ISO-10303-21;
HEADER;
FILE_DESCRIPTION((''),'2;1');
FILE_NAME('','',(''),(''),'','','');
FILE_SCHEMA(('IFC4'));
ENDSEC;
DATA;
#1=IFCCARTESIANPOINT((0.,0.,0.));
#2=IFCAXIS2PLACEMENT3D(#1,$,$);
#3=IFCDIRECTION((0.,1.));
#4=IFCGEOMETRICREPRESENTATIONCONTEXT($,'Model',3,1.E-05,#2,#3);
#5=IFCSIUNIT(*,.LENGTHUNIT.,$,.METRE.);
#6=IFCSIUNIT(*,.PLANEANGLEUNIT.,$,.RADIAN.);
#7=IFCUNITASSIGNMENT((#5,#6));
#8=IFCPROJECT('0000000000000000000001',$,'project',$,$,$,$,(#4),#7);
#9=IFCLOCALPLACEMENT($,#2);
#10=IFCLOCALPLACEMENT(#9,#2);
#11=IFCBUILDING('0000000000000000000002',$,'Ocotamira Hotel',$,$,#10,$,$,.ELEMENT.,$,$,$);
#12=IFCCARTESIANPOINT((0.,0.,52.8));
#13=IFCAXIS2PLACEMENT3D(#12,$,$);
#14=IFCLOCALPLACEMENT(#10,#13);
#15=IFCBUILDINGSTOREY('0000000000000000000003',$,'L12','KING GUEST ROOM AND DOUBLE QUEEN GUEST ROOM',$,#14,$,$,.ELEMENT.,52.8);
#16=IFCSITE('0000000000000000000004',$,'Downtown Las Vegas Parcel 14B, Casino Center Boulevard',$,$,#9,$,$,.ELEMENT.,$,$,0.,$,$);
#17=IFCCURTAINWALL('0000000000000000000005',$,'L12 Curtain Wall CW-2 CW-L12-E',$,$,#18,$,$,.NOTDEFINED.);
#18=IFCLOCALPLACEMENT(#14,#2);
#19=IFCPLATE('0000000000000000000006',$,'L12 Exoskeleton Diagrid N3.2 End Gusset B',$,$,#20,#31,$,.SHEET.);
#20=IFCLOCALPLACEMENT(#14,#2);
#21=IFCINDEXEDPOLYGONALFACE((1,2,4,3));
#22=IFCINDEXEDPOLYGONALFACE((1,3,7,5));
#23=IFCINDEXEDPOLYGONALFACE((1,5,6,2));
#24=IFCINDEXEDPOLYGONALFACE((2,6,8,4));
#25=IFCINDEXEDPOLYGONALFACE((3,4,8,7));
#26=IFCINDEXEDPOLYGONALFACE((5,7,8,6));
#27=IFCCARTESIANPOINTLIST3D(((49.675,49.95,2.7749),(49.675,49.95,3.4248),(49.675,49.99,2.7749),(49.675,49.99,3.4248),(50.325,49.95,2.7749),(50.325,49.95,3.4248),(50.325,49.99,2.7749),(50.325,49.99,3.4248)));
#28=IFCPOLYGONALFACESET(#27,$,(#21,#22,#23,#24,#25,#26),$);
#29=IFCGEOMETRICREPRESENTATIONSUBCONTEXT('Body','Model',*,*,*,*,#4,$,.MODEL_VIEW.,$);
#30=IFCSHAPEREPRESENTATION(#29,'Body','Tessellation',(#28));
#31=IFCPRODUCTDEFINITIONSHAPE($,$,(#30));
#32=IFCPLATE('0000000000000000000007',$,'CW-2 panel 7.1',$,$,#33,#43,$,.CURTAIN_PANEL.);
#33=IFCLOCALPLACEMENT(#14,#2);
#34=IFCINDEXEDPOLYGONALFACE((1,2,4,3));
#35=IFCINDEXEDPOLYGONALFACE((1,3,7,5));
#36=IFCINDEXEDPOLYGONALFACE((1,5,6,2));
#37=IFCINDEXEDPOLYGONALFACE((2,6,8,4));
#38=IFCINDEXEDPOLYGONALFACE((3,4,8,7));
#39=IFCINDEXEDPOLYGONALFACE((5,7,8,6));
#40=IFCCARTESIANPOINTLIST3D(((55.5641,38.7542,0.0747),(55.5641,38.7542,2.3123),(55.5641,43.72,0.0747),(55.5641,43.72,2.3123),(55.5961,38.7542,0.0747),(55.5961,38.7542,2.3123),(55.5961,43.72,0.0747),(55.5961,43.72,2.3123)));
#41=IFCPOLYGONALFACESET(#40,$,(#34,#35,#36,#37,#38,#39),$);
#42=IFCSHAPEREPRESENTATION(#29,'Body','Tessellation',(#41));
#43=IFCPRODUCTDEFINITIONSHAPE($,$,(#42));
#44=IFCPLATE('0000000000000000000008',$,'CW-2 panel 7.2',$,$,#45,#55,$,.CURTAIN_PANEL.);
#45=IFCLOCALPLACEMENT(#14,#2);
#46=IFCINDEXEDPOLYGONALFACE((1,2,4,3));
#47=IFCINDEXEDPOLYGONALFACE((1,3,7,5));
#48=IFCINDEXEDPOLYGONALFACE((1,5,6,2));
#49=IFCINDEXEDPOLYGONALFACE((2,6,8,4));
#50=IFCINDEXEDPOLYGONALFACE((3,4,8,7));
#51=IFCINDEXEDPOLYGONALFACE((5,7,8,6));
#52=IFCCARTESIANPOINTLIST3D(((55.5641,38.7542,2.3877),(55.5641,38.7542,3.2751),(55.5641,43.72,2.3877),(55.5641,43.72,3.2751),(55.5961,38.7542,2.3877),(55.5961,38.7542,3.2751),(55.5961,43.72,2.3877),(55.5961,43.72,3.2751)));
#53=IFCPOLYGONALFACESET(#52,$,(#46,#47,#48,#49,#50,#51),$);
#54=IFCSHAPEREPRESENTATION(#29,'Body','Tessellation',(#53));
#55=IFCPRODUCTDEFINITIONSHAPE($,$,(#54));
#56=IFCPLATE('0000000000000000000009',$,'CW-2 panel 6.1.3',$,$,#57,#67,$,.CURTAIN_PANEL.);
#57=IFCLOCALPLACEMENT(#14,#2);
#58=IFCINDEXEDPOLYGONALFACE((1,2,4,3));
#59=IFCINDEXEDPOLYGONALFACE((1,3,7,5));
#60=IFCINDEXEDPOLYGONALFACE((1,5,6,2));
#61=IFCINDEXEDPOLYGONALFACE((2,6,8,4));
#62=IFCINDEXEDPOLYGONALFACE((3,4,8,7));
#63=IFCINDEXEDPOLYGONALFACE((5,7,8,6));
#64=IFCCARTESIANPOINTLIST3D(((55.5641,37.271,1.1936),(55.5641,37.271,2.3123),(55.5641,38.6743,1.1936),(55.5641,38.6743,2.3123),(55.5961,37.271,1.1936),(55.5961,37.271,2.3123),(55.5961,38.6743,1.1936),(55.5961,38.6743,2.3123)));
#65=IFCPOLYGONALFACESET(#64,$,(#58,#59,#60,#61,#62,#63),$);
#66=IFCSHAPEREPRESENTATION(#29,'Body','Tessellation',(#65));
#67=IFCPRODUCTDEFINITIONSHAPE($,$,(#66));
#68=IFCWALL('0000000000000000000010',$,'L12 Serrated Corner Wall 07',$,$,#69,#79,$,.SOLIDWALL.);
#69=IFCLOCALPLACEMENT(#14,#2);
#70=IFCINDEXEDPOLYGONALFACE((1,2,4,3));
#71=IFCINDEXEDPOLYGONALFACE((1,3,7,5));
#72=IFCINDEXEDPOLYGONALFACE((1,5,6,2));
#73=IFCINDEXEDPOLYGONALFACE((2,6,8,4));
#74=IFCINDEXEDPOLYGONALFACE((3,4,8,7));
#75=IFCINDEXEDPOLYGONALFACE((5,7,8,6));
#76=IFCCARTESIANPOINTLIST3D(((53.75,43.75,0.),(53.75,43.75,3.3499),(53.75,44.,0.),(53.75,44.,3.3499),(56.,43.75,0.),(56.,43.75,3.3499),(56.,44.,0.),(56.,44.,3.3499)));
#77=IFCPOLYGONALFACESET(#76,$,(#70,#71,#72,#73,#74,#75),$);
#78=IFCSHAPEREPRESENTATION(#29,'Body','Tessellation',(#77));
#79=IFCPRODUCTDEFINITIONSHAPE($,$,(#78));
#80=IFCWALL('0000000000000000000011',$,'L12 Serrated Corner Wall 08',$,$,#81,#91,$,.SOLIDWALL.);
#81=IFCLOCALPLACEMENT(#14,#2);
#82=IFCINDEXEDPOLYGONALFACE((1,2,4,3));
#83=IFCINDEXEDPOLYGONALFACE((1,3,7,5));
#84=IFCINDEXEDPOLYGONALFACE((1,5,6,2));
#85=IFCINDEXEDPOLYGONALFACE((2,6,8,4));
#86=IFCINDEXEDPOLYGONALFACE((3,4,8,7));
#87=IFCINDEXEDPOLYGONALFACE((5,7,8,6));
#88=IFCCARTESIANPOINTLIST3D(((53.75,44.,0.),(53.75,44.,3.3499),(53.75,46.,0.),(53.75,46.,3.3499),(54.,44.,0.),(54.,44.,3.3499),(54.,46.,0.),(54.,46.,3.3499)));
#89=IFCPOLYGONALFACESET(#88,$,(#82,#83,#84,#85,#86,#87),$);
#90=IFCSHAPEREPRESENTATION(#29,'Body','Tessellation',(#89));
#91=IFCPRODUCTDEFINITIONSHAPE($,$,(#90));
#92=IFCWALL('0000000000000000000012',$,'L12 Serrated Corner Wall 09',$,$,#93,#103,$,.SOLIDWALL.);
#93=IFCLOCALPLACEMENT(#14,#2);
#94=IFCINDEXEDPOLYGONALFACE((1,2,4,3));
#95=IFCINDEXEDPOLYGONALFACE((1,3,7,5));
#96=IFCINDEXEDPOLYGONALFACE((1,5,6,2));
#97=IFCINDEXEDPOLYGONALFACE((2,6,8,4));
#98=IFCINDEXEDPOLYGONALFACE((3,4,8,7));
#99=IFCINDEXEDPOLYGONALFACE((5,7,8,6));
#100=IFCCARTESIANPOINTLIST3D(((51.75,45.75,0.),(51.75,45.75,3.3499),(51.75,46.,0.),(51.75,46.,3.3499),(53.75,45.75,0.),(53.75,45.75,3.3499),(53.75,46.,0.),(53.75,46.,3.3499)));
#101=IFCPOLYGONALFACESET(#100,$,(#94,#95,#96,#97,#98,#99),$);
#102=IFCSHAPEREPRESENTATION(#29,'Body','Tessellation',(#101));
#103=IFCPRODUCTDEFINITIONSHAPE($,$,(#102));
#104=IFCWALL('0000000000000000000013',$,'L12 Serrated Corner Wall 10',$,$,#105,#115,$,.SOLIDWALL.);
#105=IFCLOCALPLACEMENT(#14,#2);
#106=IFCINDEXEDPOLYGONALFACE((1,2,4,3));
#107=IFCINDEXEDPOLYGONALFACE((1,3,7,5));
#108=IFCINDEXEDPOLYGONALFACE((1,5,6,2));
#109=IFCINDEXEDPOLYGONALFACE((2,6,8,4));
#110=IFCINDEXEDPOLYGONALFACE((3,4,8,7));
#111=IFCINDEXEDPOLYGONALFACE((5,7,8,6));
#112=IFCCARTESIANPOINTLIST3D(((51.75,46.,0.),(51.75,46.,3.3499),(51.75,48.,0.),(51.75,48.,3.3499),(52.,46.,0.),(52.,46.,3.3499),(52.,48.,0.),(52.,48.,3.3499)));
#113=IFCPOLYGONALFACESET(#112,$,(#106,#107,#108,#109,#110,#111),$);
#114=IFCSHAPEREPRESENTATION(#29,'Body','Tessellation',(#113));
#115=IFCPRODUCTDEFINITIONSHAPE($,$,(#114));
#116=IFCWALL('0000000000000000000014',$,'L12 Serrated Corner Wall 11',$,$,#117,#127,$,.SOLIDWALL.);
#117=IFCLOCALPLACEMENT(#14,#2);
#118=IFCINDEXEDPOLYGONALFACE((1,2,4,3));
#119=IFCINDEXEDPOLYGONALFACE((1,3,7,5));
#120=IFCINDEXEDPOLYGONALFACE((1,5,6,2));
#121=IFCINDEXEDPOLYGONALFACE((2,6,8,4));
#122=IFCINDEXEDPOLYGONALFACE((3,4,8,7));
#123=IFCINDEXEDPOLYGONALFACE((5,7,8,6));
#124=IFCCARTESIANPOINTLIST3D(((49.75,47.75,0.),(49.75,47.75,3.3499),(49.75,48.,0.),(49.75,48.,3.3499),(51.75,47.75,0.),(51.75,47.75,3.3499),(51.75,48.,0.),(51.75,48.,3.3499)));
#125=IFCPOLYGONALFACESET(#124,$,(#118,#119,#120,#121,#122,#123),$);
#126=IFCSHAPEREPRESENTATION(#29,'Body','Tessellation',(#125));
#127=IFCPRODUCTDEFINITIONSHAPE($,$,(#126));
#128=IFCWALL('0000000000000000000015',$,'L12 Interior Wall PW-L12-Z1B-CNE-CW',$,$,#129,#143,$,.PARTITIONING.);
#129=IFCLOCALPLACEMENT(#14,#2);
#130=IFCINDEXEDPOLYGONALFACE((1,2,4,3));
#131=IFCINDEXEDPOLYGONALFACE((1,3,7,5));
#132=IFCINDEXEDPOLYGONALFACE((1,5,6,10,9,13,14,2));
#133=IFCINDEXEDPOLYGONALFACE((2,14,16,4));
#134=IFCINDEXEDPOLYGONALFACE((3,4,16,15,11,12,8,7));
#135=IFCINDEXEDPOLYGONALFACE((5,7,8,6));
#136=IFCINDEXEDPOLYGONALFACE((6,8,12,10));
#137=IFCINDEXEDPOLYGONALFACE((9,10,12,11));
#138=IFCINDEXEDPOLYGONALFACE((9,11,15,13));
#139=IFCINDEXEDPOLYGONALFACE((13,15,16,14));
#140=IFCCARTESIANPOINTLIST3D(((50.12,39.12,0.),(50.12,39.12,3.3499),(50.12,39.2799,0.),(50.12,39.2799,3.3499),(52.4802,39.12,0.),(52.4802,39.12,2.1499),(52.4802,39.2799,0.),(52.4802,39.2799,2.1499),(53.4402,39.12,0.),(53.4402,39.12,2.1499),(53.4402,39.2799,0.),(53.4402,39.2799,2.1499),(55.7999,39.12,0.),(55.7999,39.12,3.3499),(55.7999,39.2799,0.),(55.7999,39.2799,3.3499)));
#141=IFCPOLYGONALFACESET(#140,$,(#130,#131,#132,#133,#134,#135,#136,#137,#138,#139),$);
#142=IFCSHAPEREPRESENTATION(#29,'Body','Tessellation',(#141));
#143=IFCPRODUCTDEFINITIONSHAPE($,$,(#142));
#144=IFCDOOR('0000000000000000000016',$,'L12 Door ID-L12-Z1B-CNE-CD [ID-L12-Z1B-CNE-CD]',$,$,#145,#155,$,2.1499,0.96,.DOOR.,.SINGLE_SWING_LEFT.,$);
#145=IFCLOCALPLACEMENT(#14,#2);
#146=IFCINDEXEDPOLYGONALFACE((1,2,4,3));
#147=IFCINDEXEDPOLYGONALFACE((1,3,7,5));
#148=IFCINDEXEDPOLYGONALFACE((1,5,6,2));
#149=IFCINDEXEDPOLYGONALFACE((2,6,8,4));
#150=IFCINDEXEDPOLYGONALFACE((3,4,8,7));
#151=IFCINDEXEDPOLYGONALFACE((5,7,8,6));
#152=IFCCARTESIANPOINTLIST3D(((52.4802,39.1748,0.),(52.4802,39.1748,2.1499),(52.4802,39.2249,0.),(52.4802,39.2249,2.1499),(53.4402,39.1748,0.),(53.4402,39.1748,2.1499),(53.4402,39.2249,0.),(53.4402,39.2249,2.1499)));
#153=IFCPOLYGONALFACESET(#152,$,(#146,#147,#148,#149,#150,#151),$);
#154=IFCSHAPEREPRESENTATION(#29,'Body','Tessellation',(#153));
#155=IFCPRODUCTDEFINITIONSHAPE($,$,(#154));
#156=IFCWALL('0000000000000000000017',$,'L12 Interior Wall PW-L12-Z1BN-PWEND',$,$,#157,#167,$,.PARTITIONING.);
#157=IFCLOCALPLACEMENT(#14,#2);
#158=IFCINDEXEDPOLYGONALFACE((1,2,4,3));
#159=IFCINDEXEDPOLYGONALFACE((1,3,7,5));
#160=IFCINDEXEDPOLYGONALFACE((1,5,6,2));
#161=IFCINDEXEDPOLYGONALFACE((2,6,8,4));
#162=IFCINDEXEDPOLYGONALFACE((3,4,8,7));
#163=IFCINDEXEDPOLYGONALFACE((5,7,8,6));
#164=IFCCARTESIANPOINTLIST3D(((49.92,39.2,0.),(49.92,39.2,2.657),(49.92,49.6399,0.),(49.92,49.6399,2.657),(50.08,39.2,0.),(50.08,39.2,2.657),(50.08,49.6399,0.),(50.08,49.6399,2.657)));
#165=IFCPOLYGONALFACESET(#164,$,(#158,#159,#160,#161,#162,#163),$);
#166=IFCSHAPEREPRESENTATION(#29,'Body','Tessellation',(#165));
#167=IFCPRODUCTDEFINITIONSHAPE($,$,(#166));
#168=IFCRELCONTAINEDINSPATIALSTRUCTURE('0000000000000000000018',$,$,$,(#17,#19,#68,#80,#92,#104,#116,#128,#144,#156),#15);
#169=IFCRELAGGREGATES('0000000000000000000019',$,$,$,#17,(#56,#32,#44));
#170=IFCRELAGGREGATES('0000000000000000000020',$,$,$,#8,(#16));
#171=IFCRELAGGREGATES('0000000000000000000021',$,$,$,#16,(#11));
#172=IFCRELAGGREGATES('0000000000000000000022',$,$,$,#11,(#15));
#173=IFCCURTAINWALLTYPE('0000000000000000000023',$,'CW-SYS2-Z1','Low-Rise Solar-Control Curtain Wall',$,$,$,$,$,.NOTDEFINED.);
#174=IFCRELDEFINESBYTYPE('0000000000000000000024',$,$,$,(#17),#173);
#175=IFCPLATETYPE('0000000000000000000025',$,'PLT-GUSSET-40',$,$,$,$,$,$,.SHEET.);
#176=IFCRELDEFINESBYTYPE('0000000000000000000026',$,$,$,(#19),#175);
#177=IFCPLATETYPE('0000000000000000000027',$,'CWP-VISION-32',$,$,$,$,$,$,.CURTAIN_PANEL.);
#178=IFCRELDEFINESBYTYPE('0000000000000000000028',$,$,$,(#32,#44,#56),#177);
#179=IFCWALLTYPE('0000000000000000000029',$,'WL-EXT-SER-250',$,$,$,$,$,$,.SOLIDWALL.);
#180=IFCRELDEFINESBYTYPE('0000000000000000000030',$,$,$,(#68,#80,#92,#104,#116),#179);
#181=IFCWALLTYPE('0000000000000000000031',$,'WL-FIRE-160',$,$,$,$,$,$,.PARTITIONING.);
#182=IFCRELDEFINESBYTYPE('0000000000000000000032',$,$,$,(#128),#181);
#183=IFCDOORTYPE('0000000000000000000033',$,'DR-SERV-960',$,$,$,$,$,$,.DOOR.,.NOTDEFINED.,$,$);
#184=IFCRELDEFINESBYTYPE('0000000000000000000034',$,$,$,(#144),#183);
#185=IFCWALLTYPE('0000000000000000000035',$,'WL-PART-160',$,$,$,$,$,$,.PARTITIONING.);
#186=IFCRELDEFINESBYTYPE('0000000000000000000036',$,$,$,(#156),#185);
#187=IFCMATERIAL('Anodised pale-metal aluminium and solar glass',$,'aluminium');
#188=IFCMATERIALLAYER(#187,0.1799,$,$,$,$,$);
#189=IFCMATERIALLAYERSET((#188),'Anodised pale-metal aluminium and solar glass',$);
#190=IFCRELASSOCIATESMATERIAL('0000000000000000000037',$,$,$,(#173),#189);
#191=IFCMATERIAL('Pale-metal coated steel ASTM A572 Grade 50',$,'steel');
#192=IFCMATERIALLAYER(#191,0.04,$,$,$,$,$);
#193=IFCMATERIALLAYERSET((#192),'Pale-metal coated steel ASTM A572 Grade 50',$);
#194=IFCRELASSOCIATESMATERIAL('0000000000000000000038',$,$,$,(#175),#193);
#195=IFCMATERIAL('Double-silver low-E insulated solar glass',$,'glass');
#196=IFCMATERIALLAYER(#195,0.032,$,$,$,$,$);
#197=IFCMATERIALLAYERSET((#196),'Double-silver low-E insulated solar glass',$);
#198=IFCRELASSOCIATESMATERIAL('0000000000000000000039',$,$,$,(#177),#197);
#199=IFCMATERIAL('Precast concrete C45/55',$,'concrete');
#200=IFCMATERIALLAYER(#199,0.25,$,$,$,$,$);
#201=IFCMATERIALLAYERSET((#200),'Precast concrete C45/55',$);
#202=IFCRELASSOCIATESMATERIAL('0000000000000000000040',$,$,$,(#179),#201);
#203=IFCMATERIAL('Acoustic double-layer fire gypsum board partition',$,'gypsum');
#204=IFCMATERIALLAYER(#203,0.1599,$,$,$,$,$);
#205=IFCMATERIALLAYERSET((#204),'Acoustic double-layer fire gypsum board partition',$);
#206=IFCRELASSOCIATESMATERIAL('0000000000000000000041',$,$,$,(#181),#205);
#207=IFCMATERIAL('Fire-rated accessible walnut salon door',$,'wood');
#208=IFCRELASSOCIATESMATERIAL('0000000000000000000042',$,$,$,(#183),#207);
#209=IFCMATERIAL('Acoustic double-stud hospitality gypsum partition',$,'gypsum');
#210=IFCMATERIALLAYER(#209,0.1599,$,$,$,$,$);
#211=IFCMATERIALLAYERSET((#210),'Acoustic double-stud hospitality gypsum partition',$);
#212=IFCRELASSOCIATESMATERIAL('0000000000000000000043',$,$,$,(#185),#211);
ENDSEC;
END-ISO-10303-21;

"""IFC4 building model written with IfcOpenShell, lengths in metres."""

from ifc_helpers import new_model, si_unit, direction, frame, frame_2d, origin, origin_2d, place, context, subcontext, project, spatial, rectangle, extrude, source, transform, mapped, material, layer, layer_set, type_object, element, fill, aggregate, save


model = new_model("IFC4")

# Units and contexts
model_context = context("Model", 3, precision=1e-05, world=origin(), true_north=direction((0.0, 1.0)))
body_context = subcontext(model_context, "Body", "Model", "MODEL_VIEW")
ifc_project = project(units=[si_unit("LENGTHUNIT", "METRE"), si_unit("PLANEANGLEUNIT", "RADIAN")], contexts=[model_context])

# Site, building, storey
site_placement = place(None, origin())
site = spatial("IfcSite", under=ifc_project, at=site_placement, Name="Downtown Las Vegas Parcel 14B, Casino Center Boulevard", CompositionType="ELEMENT", RefElevation=0.0)
building_placement = place(site_placement, origin())
building = spatial("IfcBuilding", under=site, at=building_placement, Name="Ocotamira Hotel", CompositionType="ELEMENT")
storey_placement = place(building_placement, frame((0.0, 0.0, 52.8)))
storey = spatial("IfcBuildingStorey", under=building, at=storey_placement, Name="L12", Description="KING GUEST ROOM AND DOUBLE QUEEN GUEST ROOM", CompositionType="ELEMENT", Elevation=52.8)

# Curtain wall
ifc_material_1 = material(Name="Anodised pale-metal aluminium and solar glass", Category="aluminium")
ifc_layer_1 = layer(ifc_material_1, 0.1799)
ifc_layer_set_1 = layer_set([ifc_layer_1], Name="Anodised pale-metal aluminium and solar glass")
curtain_wall_type = type_object("IfcCurtainWallType", Name="CW-SYS2-Z1", Description="Low-Rise Solar-Control Curtain Wall", PredefinedType="NOTDEFINED", material=ifc_layer_set_1)
curtain_wall_placement = place(storey_placement, origin())
curtain_wall = element("IfcCurtainWall", 1, at=curtain_wall_placement, inside=storey, type_object=curtain_wall_type, Name="L12 Curtain Wall CW-2 CW-L12-E", PredefinedType="NOTDEFINED")

# Plates
ifc_material_2 = material(Name="Pale-metal coated steel ASTM A572 Grade 50", Category="steel")
ifc_layer_2 = layer(ifc_material_2, 0.04)
ifc_layer_set_2 = layer_set([ifc_layer_2], Name="Pale-metal coated steel ASTM A572 Grade 50")
plate_type_1 = type_object("IfcPlateType", Name="PLT-GUSSET-40", PredefinedType="SHEET", material=ifc_layer_set_2)
shared_shape_1 = source(origin(), body_context, "Body", "SweptSolid", [
    extrude(rectangle(XDim=0.6499, YDim=0.04, at=origin_2d()), origin(), (0.0, 0.0, 1.0), 0.6499),
])
plate_1_placement = place(storey_placement, frame((50.0, 49.97, 2.7749), z_axis=(0.0, 0.0, 1.0), x_axis=(1.0, 0.0, 0.0)))
element("IfcPlate", 2, at=plate_1_placement, inside=storey, type_object=plate_type_1, Name="L12 Exoskeleton Diagrid N3.2 End Gusset B", PredefinedType="SHEET", context=body_context, shape_type="MappedRepresentation", body=[
    mapped(shared_shape_1, transform((0.0, 0.0, 0.0), scale=1.0)),
])
ifc_material_3 = material(Name="Double-silver low-E insulated solar glass", Category="glass")
ifc_layer_3 = layer(ifc_material_3, 0.032)
ifc_layer_set_3 = layer_set([ifc_layer_3], Name="Double-silver low-E insulated solar glass")
plate_type_2 = type_object("IfcPlateType", Name="CWP-VISION-32", PredefinedType="CURTAIN_PANEL", material=ifc_layer_set_3)
shared_shape_2 = source(origin(), body_context, "Body", "SweptSolid", [
    extrude(rectangle(XDim=4.9658, YDim=0.032, at=origin_2d()), origin(), (0.0, 0.0, 1.0), 2.2375),
])
plate_2_placement = place(storey_placement, frame((55.5801, 41.2371, 0.0747), z_axis=(0.0, 0.0, 1.0), x_axis=(0.0, 1.0, 0.0)))
plate_2 = element("IfcPlate", 3, at=plate_2_placement, type_object=plate_type_2, Name="CW-2 panel 7.1", PredefinedType="CURTAIN_PANEL", context=body_context, shape_type="MappedRepresentation", body=[
    mapped(shared_shape_2, transform((0.0, 0.0, 0.0), scale=1.0)),
])
shared_shape_3 = source(origin(), body_context, "Body", "SweptSolid", [
    extrude(rectangle(XDim=4.9658, YDim=0.032, at=origin_2d()), origin(), (0.0, 0.0, 1.0), 0.8875),
])
plate_3_placement = place(storey_placement, frame((55.5801, 41.2371, 2.3877), z_axis=(0.0, 0.0, 1.0), x_axis=(0.0, 1.0, 0.0)))
plate_3 = element("IfcPlate", 4, at=plate_3_placement, type_object=plate_type_2, Name="CW-2 panel 7.2", PredefinedType="CURTAIN_PANEL", context=body_context, shape_type="MappedRepresentation", body=[
    mapped(shared_shape_3, transform((0.0, 0.0, 0.0), scale=1.0)),
])
shared_shape_4 = source(origin(), body_context, "Body", "SweptSolid", [
    extrude(rectangle(XDim=1.4033, YDim=0.032, at=origin_2d()), origin(), (0.0, 0.0, 1.0), 1.1187),
])
plate_4_placement = place(storey_placement, frame((55.5801, 37.9727, 1.1936), z_axis=(0.0, 0.0, 1.0), x_axis=(0.0, 1.0, 0.0)))
plate_4 = element("IfcPlate", 5, at=plate_4_placement, type_object=plate_type_2, Name="CW-2 panel 6.1.3", PredefinedType="CURTAIN_PANEL", context=body_context, shape_type="MappedRepresentation", body=[
    mapped(shared_shape_4, transform((0.0, 0.0, 0.0), scale=1.0)),
])
aggregate(curtain_wall, [plate_4, plate_2, plate_3])

# Walls
ifc_material_4 = material(Name="Precast concrete C45/55", Category="concrete")
ifc_layer_4 = layer(ifc_material_4, 0.25)
ifc_layer_set_4 = layer_set([ifc_layer_4], Name="Precast concrete C45/55")
wall_type_1 = type_object("IfcWallType", Name="WL-EXT-SER-250", PredefinedType="SOLIDWALL", material=ifc_layer_set_4)
wall_1_placement = place(storey_placement, frame((56.0, 43.875, 0.0), z_axis=(0.0, 0.0, 1.0), x_axis=(-1.0, 0.0, 0.0)))
element("IfcWall", 6, at=wall_1_placement, inside=storey, type_object=wall_type_1, Name="L12 Serrated Corner Wall 07", PredefinedType="SOLIDWALL", context=body_context, shape_type="SweptSolid", body=[
    extrude(rectangle(XDim=2.25, YDim=0.25, at=frame_2d((1.125, 0.0))), origin(), (0.0, 0.0, 1.0), 3.3499),
])
for number, where, z_axis, x_axis, name in (
    (7, (53.875, 44.0, 0.0), (0.0, 0.0, 1.0), (0.0, 1.0, 0.0), "L12 Serrated Corner Wall 08"),
    (8, (53.75, 45.875, 0.0), (0.0, 0.0, 1.0), (-1.0, 0.0, 0.0), "L12 Serrated Corner Wall 09"),
    (9, (51.875, 46.0, 0.0), (0.0, 0.0, 1.0), (0.0, 1.0, 0.0), "L12 Serrated Corner Wall 10"),
    (10, (51.75, 47.875, 0.0), (0.0, 0.0, 1.0), (-1.0, 0.0, 0.0), "L12 Serrated Corner Wall 11"),
):
    element("IfcWall", number, at=place(storey_placement, frame(where, z_axis=z_axis, x_axis=x_axis)), inside=storey, type_object=wall_type_1, Name=name, PredefinedType="SOLIDWALL", context=body_context, shape_type="SweptSolid", body=[
        extrude(rectangle(XDim=2.0, YDim=0.25, at=frame_2d((1.0, 0.0))), origin(), (0.0, 0.0, 1.0), 3.3499),
    ])

# Wall, opening, door
ifc_material_5 = material(Name="Acoustic double-layer fire gypsum board partition", Category="gypsum")
ifc_layer_5 = layer(ifc_material_5, 0.1599)
ifc_layer_set_5 = layer_set([ifc_layer_5], Name="Acoustic double-layer fire gypsum board partition")
wall_type_2 = type_object("IfcWallType", Name="WL-FIRE-160", PredefinedType="PARTITIONING", material=ifc_layer_set_5)
wall_2_placement = place(storey_placement, frame((50.1201, 39.2, 0.0), z_axis=(0.0, 0.0, 1.0), x_axis=(1.0, 0.0, 0.0)))
wall_2 = element("IfcWall", 11, at=wall_2_placement, inside=storey, type_object=wall_type_2, Name="L12 Interior Wall PW-L12-Z1B-CNE-CW", PredefinedType="PARTITIONING", context=body_context, shape_type="SweptSolid", body=[
    extrude(rectangle(XDim=5.6799, YDim=0.1599, at=frame_2d((2.8398, 0.0))), origin(), (0.0, 0.0, 1.0), 3.3499),
])
opening_1_placement = place(wall_2_placement, frame((2.3601, 0.0, 0.0)))
opening_1 = element("IfcOpeningElement", 12, at=opening_1_placement, cuts=wall_2, PredefinedType="OPENING", context=body_context, shape_type="SweptSolid", body=[
    extrude(rectangle(XDim=0.96, YDim=2.1499, at=frame_2d((0.48, 1.075))), frame((0.0, 0.0898, 0.0), z_axis=(0.0, -1.0, 0.0), x_axis=(1.0, 0.0, 0.0)), (0.0, 0.0, 1.0), 0.1799),
])
ifc_material_6 = material(Name="Fire-rated accessible walnut salon door", Category="wood")
door_type_1 = type_object("IfcDoorType", Name="DR-SERV-960", OperationType="NOTDEFINED", PredefinedType="DOOR", material=ifc_material_6)
shared_shape_5 = source(origin(), body_context, "Body", "SweptSolid", [
    extrude(rectangle(XDim=0.96, YDim=2.1499, at=frame_2d((0.48, 1.075))), frame((0.0, 0.0249, 0.0), z_axis=(0.0, -1.0, 0.0), x_axis=(1.0, 0.0, 0.0)), (0.0, 0.0, 1.0), 0.05),
])
door_1_placement = place(opening_1_placement, origin())
door_1 = element("IfcDoor", 13, at=door_1_placement, inside=storey, type_object=door_type_1, Name="L12 Door ID-L12-Z1B-CNE-CD [ID-L12-Z1B-CNE-CD]", OperationType="SINGLE_SWING_LEFT", OverallHeight=2.1499, OverallWidth=0.96, PredefinedType="DOOR", context=body_context, shape_type="MappedRepresentation", body=[
    mapped(shared_shape_5, transform((0.0, 0.0, 0.0), scale=1.0)),
])
fill(opening_1, door_1)

# Wall
ifc_material_7 = material(Name="Acoustic double-stud hospitality gypsum partition", Category="gypsum")
ifc_layer_6 = layer(ifc_material_7, 0.1599)
ifc_layer_set_6 = layer_set([ifc_layer_6], Name="Acoustic double-stud hospitality gypsum partition")
wall_type_3 = type_object("IfcWallType", Name="WL-PART-160", PredefinedType="PARTITIONING", material=ifc_layer_set_6)
wall_3_placement = place(storey_placement, frame((50.0, 39.2, 0.0), z_axis=(0.0, 0.0, 1.0), x_axis=(0.0, 1.0, 0.0)))
element("IfcWall", 14, at=wall_3_placement, inside=storey, type_object=wall_type_3, Name="L12 Interior Wall PW-L12-Z1BN-PWEND", PredefinedType="PARTITIONING", context=body_context, shape_type="SweptSolid", body=[
    extrude(rectangle(XDim=10.4399, YDim=0.1599, at=frame_2d((5.22, 0.0))), origin(), (0.0, 0.0, 1.0), 2.657),
])

save(model, "model.ifc")
